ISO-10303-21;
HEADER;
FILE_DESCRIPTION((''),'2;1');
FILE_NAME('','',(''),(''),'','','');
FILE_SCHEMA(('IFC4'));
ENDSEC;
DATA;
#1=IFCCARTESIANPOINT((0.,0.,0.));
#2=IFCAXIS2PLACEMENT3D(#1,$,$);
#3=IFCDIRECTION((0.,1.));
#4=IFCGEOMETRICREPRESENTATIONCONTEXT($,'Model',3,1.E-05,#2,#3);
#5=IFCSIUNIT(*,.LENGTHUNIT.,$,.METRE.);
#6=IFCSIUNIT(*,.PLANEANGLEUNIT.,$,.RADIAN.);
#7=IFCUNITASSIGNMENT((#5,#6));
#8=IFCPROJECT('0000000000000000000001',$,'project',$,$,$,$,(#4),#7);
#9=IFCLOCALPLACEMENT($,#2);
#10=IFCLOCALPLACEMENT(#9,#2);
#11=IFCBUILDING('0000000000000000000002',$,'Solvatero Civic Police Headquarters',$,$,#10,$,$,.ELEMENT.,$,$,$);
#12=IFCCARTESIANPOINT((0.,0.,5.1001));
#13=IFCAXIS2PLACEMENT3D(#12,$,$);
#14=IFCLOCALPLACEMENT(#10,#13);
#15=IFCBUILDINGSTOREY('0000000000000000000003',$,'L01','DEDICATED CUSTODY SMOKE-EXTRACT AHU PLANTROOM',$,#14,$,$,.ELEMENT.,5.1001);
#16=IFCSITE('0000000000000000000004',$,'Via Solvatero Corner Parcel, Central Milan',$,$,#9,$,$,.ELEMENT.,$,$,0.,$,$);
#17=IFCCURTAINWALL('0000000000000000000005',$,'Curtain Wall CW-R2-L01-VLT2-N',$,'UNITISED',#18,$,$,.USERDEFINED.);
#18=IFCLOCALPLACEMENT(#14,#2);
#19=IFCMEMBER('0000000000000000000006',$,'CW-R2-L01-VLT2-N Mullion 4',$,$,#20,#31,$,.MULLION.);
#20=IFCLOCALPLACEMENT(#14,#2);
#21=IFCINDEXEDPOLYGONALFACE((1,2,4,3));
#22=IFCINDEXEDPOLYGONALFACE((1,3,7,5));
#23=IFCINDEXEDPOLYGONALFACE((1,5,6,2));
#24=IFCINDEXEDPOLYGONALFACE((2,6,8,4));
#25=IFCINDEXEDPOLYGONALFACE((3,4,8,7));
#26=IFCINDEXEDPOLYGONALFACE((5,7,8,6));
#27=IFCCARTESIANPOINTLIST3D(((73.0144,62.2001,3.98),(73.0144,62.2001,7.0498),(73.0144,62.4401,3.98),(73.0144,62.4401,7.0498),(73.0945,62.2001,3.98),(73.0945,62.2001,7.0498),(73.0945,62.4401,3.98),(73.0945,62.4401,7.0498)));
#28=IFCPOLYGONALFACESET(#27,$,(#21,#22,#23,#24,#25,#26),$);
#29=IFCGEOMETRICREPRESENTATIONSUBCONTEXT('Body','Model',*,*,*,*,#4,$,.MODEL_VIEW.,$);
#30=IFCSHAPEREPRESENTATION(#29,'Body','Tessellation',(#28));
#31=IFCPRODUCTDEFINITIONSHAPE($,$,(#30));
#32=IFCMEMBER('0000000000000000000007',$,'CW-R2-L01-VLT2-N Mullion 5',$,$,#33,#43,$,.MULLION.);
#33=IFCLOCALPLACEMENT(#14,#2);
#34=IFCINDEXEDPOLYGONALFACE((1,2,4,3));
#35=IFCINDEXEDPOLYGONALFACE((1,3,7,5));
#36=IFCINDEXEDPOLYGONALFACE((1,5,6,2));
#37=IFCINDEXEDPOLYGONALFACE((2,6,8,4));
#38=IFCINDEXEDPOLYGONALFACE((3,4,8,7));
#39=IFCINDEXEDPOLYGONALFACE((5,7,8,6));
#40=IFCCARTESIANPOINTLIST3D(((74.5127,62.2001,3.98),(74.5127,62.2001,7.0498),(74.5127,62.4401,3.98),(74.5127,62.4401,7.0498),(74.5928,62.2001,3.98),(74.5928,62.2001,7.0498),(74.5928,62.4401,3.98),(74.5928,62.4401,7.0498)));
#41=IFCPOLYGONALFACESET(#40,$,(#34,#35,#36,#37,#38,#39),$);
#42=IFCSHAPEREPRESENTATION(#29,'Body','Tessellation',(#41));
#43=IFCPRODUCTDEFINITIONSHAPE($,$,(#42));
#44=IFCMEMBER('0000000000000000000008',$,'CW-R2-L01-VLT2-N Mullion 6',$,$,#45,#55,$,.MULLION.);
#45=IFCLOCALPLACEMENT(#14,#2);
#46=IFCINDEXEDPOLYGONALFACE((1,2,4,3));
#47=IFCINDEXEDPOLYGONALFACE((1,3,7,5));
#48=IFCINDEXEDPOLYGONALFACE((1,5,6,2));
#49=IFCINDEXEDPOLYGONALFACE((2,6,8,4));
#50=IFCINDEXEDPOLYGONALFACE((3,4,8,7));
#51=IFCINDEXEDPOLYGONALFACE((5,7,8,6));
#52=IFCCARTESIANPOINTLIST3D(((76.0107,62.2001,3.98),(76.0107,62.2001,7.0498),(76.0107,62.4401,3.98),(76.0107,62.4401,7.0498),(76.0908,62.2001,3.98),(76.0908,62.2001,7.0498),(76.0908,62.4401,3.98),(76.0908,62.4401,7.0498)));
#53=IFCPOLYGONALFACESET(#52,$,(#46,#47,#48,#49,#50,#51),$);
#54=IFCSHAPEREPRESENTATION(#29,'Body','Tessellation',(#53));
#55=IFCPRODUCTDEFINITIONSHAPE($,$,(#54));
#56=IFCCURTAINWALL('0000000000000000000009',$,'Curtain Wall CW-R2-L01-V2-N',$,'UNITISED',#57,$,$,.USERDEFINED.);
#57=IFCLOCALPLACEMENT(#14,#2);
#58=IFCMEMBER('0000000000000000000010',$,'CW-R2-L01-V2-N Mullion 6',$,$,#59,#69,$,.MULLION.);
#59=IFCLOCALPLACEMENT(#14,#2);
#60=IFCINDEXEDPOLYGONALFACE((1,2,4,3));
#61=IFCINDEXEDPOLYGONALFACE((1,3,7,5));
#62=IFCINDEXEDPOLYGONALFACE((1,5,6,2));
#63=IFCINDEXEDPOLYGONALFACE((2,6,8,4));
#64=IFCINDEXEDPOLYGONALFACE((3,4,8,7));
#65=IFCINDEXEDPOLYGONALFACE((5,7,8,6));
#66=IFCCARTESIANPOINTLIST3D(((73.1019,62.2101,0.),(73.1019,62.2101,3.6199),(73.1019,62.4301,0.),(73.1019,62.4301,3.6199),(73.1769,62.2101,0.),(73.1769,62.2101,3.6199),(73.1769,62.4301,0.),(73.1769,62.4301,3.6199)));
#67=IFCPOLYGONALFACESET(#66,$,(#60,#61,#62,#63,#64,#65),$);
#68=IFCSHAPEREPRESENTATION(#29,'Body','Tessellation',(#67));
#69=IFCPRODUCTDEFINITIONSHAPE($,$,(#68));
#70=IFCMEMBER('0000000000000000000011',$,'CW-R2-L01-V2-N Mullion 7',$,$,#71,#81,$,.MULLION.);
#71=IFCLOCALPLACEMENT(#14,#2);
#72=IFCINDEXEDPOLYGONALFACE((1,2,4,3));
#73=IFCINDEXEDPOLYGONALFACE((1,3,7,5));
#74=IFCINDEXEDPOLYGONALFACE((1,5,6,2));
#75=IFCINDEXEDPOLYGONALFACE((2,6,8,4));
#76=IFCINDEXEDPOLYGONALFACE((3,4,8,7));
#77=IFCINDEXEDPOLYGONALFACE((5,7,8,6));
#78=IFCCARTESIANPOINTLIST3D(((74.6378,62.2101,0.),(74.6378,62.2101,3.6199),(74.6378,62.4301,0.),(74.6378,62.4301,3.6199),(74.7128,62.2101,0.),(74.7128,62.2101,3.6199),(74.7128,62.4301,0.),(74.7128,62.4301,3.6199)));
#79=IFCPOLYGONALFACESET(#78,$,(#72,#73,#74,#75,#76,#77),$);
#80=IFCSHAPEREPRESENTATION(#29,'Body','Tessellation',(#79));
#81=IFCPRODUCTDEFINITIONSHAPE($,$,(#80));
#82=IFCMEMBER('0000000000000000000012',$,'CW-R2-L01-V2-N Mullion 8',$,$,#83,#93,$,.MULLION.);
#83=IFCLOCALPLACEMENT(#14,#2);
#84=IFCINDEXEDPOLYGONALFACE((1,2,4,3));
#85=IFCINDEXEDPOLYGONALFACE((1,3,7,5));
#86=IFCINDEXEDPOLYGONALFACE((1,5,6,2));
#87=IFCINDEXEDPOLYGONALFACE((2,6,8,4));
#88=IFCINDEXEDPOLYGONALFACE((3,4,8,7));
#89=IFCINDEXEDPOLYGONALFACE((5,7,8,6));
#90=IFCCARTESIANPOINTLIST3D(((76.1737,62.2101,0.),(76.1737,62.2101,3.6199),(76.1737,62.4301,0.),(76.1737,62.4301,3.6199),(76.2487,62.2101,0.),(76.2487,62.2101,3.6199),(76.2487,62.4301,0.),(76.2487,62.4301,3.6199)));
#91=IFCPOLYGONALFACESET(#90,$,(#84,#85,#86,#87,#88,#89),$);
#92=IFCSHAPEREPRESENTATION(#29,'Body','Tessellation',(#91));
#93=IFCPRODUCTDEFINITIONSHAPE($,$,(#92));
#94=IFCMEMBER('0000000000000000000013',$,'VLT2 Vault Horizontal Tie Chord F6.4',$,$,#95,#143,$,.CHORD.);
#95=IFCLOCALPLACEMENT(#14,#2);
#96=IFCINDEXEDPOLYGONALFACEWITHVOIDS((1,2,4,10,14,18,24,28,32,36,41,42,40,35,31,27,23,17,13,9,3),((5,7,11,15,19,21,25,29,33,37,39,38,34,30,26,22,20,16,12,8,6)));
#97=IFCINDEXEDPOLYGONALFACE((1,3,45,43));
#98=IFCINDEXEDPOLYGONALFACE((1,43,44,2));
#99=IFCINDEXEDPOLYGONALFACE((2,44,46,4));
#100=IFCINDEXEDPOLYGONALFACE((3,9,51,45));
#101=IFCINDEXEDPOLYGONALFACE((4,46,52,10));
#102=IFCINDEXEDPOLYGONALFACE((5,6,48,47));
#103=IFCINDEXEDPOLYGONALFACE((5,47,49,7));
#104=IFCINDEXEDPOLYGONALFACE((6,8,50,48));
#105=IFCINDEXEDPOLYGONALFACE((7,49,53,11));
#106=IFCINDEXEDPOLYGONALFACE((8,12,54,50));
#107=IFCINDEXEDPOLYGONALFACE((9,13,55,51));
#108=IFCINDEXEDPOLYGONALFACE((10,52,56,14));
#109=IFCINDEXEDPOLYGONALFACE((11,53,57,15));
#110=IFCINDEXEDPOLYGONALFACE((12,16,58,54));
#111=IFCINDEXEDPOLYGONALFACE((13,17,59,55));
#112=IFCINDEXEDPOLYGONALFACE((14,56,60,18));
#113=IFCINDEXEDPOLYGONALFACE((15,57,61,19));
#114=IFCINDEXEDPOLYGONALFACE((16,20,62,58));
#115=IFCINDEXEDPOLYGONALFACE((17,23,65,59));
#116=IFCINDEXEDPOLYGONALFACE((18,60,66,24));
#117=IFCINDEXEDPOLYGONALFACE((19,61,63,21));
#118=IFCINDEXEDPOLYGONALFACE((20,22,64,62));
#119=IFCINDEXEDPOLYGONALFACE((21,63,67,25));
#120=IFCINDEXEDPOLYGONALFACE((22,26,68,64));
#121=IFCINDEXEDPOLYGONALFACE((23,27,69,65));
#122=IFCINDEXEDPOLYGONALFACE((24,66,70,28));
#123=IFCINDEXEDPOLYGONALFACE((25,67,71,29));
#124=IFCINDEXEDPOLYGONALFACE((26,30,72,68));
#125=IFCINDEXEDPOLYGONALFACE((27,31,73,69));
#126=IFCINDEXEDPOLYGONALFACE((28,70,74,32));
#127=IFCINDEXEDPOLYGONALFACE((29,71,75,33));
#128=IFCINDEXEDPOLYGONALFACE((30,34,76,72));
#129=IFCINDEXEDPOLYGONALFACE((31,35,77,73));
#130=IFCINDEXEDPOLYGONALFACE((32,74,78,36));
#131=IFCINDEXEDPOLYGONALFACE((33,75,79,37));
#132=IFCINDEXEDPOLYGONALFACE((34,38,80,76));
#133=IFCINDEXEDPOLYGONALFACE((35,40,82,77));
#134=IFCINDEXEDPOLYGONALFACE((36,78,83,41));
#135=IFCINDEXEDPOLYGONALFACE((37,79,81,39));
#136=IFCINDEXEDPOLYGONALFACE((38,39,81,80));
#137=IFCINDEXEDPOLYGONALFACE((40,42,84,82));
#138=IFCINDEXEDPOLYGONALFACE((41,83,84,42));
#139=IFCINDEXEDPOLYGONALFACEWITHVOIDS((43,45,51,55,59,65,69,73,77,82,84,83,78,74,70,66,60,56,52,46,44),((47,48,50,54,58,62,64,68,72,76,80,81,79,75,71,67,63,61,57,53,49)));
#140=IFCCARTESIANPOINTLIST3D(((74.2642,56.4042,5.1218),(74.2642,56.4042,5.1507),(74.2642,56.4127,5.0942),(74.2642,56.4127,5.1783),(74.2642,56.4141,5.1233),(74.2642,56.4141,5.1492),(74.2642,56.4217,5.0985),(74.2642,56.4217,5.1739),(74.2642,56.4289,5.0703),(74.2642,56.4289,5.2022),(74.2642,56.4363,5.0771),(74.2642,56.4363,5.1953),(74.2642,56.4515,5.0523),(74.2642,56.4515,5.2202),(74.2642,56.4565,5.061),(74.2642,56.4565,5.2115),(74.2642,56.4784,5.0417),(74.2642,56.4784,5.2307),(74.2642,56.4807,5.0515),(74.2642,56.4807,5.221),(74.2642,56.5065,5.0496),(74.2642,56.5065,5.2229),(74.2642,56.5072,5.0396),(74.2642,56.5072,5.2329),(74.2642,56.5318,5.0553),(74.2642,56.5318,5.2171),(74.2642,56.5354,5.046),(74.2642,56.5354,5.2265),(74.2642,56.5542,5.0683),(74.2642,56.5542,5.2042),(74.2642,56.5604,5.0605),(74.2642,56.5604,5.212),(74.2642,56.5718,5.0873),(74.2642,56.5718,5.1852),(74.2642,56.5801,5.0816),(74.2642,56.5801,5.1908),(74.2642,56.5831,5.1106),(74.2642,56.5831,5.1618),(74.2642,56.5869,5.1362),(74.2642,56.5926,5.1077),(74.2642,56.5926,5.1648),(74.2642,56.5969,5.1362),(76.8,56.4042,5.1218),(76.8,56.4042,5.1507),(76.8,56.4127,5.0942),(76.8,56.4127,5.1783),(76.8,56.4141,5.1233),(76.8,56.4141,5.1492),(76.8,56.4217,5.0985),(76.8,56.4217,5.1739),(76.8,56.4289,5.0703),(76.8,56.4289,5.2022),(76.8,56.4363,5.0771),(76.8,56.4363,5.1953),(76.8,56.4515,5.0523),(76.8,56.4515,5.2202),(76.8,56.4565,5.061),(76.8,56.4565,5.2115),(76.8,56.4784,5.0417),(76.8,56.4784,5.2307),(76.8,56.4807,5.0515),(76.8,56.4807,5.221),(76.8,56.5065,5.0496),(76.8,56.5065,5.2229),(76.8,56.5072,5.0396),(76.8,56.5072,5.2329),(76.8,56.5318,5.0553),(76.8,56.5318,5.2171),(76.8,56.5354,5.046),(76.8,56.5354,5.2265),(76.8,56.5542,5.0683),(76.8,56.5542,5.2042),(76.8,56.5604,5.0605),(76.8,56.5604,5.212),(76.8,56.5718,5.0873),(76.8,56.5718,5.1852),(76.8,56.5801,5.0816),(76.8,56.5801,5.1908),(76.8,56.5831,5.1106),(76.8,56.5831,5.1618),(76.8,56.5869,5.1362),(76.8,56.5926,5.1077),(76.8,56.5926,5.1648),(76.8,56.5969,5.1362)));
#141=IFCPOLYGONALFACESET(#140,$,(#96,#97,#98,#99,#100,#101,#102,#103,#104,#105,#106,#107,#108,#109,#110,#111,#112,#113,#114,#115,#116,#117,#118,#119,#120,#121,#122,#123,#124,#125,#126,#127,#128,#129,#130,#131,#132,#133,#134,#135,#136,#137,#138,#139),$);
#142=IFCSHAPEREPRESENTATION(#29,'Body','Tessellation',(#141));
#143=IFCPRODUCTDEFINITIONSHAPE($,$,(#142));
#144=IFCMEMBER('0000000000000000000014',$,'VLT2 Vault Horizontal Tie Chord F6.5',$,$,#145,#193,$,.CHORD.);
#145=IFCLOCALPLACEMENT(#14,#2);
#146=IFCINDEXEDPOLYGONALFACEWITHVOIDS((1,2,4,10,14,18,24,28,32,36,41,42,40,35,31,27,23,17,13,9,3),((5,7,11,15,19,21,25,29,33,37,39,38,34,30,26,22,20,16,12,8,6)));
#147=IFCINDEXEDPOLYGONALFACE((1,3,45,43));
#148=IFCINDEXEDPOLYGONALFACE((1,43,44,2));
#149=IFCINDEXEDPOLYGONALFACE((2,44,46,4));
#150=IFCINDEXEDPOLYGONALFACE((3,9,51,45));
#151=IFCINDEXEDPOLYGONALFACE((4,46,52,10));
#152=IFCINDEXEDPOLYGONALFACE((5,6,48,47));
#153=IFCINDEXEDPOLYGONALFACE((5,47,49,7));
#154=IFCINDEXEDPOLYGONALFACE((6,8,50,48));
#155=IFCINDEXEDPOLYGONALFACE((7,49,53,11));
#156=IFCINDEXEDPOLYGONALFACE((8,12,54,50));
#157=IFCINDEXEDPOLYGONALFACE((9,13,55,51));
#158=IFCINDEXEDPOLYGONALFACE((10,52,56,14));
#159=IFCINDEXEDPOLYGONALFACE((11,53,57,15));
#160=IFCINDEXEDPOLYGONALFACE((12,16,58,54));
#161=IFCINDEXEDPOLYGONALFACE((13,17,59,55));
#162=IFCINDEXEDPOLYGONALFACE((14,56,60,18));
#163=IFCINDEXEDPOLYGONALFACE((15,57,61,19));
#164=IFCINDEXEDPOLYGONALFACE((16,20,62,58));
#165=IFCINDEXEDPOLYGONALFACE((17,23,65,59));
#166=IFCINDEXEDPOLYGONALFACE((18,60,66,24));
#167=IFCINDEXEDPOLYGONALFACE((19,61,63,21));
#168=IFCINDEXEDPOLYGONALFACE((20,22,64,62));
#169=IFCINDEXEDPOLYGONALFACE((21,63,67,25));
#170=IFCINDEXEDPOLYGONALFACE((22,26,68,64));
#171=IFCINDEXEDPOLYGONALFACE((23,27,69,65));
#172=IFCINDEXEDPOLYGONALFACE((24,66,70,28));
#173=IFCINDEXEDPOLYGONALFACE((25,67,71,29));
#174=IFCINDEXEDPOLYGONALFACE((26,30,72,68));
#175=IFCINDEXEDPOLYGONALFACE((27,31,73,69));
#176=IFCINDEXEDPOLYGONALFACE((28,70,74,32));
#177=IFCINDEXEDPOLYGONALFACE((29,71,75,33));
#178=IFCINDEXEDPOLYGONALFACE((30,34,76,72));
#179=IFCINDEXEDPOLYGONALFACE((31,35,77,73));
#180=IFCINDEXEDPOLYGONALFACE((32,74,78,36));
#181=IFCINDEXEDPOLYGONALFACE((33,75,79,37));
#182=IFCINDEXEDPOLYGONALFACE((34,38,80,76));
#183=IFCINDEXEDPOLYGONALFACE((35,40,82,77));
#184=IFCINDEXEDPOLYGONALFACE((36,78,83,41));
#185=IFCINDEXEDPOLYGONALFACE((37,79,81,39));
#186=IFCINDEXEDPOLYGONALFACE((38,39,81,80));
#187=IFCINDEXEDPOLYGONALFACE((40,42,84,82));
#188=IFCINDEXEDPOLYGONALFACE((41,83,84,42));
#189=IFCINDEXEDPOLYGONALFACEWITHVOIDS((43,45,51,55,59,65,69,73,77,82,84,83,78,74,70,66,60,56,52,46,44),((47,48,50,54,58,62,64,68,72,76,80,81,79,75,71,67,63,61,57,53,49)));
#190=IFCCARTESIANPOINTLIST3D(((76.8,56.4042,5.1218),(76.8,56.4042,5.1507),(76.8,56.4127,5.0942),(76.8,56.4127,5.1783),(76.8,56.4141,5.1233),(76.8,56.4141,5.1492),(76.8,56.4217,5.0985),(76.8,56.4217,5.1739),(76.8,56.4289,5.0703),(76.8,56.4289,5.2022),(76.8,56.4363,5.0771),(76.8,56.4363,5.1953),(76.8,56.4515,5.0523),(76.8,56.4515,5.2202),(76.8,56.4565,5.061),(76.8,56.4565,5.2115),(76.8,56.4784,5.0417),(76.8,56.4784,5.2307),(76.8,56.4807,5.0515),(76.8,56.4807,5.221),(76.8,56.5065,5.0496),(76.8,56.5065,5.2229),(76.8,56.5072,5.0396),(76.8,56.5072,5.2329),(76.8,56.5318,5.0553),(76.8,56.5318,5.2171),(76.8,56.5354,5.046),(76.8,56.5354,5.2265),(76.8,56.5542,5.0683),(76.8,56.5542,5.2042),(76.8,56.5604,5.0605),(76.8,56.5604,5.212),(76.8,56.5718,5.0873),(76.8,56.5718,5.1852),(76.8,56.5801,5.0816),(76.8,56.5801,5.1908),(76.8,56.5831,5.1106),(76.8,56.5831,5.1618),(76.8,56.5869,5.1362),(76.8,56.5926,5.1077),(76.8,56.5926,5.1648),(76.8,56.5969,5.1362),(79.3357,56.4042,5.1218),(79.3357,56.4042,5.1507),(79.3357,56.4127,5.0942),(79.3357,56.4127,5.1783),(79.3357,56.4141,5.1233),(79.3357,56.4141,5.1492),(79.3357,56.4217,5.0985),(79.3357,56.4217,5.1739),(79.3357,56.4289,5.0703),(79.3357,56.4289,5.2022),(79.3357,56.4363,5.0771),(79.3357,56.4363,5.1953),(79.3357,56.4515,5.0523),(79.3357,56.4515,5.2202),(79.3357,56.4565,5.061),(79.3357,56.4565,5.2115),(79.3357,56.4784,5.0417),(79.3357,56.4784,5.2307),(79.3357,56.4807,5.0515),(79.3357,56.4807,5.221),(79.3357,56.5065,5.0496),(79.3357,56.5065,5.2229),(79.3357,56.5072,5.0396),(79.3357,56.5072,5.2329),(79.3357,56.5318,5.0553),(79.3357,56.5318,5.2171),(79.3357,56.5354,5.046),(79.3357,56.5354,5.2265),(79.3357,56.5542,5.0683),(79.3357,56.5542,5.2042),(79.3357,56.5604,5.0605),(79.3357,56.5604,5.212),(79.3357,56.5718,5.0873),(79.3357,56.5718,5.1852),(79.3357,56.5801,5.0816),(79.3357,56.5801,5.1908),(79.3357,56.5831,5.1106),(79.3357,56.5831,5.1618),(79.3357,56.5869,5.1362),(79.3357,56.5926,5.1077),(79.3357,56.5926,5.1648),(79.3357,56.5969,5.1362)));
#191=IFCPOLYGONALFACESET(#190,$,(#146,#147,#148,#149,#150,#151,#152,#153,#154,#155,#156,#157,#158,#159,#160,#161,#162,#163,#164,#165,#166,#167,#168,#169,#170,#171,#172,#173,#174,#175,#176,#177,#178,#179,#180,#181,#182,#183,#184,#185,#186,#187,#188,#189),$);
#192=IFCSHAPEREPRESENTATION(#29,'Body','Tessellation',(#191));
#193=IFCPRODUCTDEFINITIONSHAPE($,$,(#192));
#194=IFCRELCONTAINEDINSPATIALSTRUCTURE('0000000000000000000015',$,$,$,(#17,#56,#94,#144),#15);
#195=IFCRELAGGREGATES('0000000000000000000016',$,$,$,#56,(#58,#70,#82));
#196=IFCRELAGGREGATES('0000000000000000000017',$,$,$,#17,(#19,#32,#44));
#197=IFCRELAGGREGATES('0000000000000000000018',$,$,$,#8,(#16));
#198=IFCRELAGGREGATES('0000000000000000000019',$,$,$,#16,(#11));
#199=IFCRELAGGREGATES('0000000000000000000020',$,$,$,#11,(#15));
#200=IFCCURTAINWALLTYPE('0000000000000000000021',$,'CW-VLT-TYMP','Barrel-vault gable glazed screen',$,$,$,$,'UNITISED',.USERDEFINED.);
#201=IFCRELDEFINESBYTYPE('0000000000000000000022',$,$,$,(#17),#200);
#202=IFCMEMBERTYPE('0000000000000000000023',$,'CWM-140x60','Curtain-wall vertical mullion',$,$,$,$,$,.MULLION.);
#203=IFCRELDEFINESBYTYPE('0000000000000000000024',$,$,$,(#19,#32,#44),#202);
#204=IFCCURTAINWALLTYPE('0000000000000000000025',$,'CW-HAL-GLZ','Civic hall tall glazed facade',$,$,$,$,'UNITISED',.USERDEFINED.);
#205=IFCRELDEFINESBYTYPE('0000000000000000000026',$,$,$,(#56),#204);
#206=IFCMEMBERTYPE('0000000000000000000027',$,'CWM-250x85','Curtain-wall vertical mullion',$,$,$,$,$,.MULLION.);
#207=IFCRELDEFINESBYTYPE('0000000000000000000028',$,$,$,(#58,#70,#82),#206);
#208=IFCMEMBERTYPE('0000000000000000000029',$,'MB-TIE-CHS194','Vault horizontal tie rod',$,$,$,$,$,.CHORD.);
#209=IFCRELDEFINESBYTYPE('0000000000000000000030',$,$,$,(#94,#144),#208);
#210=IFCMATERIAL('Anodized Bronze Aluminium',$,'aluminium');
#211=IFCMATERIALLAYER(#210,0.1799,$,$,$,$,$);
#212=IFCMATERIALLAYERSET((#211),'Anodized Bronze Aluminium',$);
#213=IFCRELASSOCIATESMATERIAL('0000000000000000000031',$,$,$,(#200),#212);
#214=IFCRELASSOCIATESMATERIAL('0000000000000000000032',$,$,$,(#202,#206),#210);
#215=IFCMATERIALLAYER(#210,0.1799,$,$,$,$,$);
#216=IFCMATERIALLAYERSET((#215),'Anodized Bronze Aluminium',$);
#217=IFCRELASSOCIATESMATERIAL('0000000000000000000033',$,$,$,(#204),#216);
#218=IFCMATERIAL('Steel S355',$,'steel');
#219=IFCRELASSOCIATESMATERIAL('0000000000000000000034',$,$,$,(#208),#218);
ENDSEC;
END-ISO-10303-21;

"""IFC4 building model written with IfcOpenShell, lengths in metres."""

from ifc_helpers import new_model, si_unit, direction, frame, origin, origin_2d, place, context, subcontext, project, spatial, rectangle, hollow_circle, extrude, material, layer, layer_set, material_profile, profile_set, type_object, element, aggregate, save


model = new_model("IFC4")

# Units and contexts
model_context = context("Model", 3, precision=1e-05, world=origin(), true_north=direction((0.0, 1.0)))
body_context = subcontext(model_context, "Body", "Model", "MODEL_VIEW")
ifc_project = project(units=[si_unit("LENGTHUNIT", "METRE"), si_unit("PLANEANGLEUNIT", "RADIAN")], contexts=[model_context])

# Site, building, storey
site_placement = place(None, origin())
site = spatial("IfcSite", under=ifc_project, at=site_placement, Name="Via Solvatero Corner Parcel, Central Milan", CompositionType="ELEMENT", RefElevation=0.0)
building_placement = place(site_placement, origin())
building = spatial("IfcBuilding", under=site, at=building_placement, Name="Solvatero Civic Police Headquarters", CompositionType="ELEMENT")
storey_placement = place(building_placement, frame((0.0, 0.0, 5.1001)))
storey = spatial("IfcBuildingStorey", under=building, at=storey_placement, Name="L01", Description="DEDICATED CUSTODY SMOKE-EXTRACT AHU PLANTROOM", CompositionType="ELEMENT", Elevation=5.1001)

# Curtain walls, members
ifc_material_1 = material(Name="Anodized Bronze Aluminium", Category="aluminium")
ifc_layer_1 = layer(ifc_material_1, 0.1799)
ifc_layer_set_1 = layer_set([ifc_layer_1], Name="Anodized Bronze Aluminium")
curtain_wall_type_1 = type_object("IfcCurtainWallType", Name="CW-VLT-TYMP", Description="Barrel-vault gable glazed screen", ElementType="UNITISED", PredefinedType="USERDEFINED", material=ifc_layer_set_1)
curtain_wall_1_placement = place(storey_placement, origin())
curtain_wall_1 = element("IfcCurtainWall", 1, at=curtain_wall_1_placement, inside=storey, type_object=curtain_wall_type_1, Name="Curtain Wall CW-R2-L01-VLT2-N", ObjectType="UNITISED", PredefinedType="USERDEFINED")
ifc_material_profile_1 = material_profile(ifc_material_1, rectangle(XDim=0.0801, YDim=0.24, at=origin_2d()), Name="ALU MULLION 80x240")
ifc_profile_set_1 = profile_set([ifc_material_profile_1], Name="Anodized Bronze Aluminium")
member_type_1 = type_object("IfcMemberType", Name="CWM-140x60", Description="Curtain-wall vertical mullion", PredefinedType="MULLION", material=ifc_profile_set_1)
member_1_placement = place(storey_placement, frame((73.0544, 62.3201, 3.98), z_axis=(0.0, 0.0, 1.0), x_axis=(1.0, 0.0, 0.0)))
member_1 = element("IfcMember", 2, at=member_1_placement, type_object=member_type_1, Name="CW-R2-L01-VLT2-N Mullion 4", PredefinedType="MULLION", context=body_context, shape_type="SweptSolid", body=[
    extrude(rectangle(XDim=0.0801, YDim=0.24, at=origin_2d()), origin(), (0.0, 0.0, 1.0), 3.0698),
])
member_2_placement = place(storey_placement, frame((74.5527, 62.3201, 3.98), z_axis=(0.0, 0.0, 1.0), x_axis=(1.0, 0.0, 0.0)))
member_2 = element("IfcMember", 3, at=member_2_placement, type_object=member_type_1, Name="CW-R2-L01-VLT2-N Mullion 5", PredefinedType="MULLION", context=body_context, shape_type="SweptSolid", body=[
    extrude(rectangle(XDim=0.0801, YDim=0.24, at=origin_2d()), origin(), (0.0, 0.0, 1.0), 3.0698),
])
member_3_placement = place(storey_placement, frame((76.0508, 62.3201, 3.98), z_axis=(0.0, 0.0, 1.0), x_axis=(1.0, 0.0, 0.0)))
member_3 = element("IfcMember", 4, at=member_3_placement, type_object=member_type_1, Name="CW-R2-L01-VLT2-N Mullion 6", PredefinedType="MULLION", context=body_context, shape_type="SweptSolid", body=[
    extrude(rectangle(XDim=0.0801, YDim=0.24, at=origin_2d()), origin(), (0.0, 0.0, 1.0), 3.0698),
])
ifc_layer_2 = layer(ifc_material_1, 0.1799)
ifc_layer_set_2 = layer_set([ifc_layer_2], Name="Anodized Bronze Aluminium")
curtain_wall_type_2 = type_object("IfcCurtainWallType", Name="CW-HAL-GLZ", Description="Civic hall tall glazed facade", ElementType="UNITISED", PredefinedType="USERDEFINED", material=ifc_layer_set_2)
curtain_wall_2_placement = place(storey_placement, origin())
curtain_wall_2 = element("IfcCurtainWall", 5, at=curtain_wall_2_placement, inside=storey, type_object=curtain_wall_type_2, Name="Curtain Wall CW-R2-L01-V2-N", ObjectType="UNITISED", PredefinedType="USERDEFINED")
ifc_material_profile_2 = material_profile(ifc_material_1, rectangle(XDim=0.075, YDim=0.22, at=origin_2d()), Name="ALU MULLION 75x220")
ifc_profile_set_2 = profile_set([ifc_material_profile_2], Name="Anodized Bronze Aluminium")
member_type_2 = type_object("IfcMemberType", Name="CWM-250x85", Description="Curtain-wall vertical mullion", PredefinedType="MULLION", material=ifc_profile_set_2)
member_4_placement = place(storey_placement, frame((73.1394, 62.3201, 0.0), z_axis=(0.0, 0.0, 1.0), x_axis=(1.0, 0.0, 0.0)))
member_4 = element("IfcMember", 6, at=member_4_placement, type_object=member_type_2, Name="CW-R2-L01-V2-N Mullion 6", PredefinedType="MULLION", context=body_context, shape_type="SweptSolid", body=[
    extrude(rectangle(XDim=0.075, YDim=0.22, at=origin_2d()), origin(), (0.0, 0.0, 1.0), 3.6199),
])
member_5_placement = place(storey_placement, frame((74.6753, 62.3201, 0.0), z_axis=(0.0, 0.0, 1.0), x_axis=(1.0, 0.0, 0.0)))
member_5 = element("IfcMember", 7, at=member_5_placement, type_object=member_type_2, Name="CW-R2-L01-V2-N Mullion 7", PredefinedType="MULLION", context=body_context, shape_type="SweptSolid", body=[
    extrude(rectangle(XDim=0.075, YDim=0.22, at=origin_2d()), origin(), (0.0, 0.0, 1.0), 3.6199),
])
member_6_placement = place(storey_placement, frame((76.2112, 62.3201, 0.0), z_axis=(0.0, 0.0, 1.0), x_axis=(1.0, 0.0, 0.0)))
member_6 = element("IfcMember", 8, at=member_6_placement, type_object=member_type_2, Name="CW-R2-L01-V2-N Mullion 8", PredefinedType="MULLION", context=body_context, shape_type="SweptSolid", body=[
    extrude(rectangle(XDim=0.075, YDim=0.22, at=origin_2d()), origin(), (0.0, 0.0, 1.0), 3.6199),
])

# Members
ifc_material_2 = material(Name="Steel S355", Category="steel")
ifc_material_profile_3 = material_profile(ifc_material_2, hollow_circle(Radius=0.0969, WallThickness=0.01, at=origin_2d()), Name="CHS 193.7x10.0")
ifc_profile_set_3 = profile_set([ifc_material_profile_3], Name="Steel S355")
member_type_3 = type_object("IfcMemberType", Name="MB-TIE-CHS194", Description="Vault horizontal tie rod", PredefinedType="CHORD", material=ifc_profile_set_3)
member_7_placement = place(storey_placement, frame((74.2642, 56.5, 5.1362), z_axis=(1.0, 0.0, 0.0), x_axis=(0.0, 1.0, 0.0)))
element("IfcMember", 9, at=member_7_placement, inside=storey, type_object=member_type_3, Name="VLT2 Vault Horizontal Tie Chord F6.4", PredefinedType="CHORD", context=body_context, shape_type="SweptSolid", body=[
    extrude(hollow_circle(Radius=0.0969, WallThickness=0.01, at=origin_2d()), origin(), (0.0, 0.0, 1.0), 2.5359),
])
member_8_placement = place(storey_placement, frame((76.8, 56.5, 5.1362), z_axis=(1.0, 0.0, 0.0), x_axis=(0.0, 1.0, 0.0)))
element("IfcMember", 10, at=member_8_placement, inside=storey, type_object=member_type_3, Name="VLT2 Vault Horizontal Tie Chord F6.5", PredefinedType="CHORD", context=body_context, shape_type="SweptSolid", body=[
    extrude(hollow_circle(Radius=0.0969, WallThickness=0.01, at=origin_2d()), origin(), (0.0, 0.0, 1.0), 2.5356),
])

aggregate(curtain_wall_2, [member_4, member_5, member_6])
aggregate(curtain_wall_1, [member_1, member_2, member_3])

save(model, "model.ifc")
